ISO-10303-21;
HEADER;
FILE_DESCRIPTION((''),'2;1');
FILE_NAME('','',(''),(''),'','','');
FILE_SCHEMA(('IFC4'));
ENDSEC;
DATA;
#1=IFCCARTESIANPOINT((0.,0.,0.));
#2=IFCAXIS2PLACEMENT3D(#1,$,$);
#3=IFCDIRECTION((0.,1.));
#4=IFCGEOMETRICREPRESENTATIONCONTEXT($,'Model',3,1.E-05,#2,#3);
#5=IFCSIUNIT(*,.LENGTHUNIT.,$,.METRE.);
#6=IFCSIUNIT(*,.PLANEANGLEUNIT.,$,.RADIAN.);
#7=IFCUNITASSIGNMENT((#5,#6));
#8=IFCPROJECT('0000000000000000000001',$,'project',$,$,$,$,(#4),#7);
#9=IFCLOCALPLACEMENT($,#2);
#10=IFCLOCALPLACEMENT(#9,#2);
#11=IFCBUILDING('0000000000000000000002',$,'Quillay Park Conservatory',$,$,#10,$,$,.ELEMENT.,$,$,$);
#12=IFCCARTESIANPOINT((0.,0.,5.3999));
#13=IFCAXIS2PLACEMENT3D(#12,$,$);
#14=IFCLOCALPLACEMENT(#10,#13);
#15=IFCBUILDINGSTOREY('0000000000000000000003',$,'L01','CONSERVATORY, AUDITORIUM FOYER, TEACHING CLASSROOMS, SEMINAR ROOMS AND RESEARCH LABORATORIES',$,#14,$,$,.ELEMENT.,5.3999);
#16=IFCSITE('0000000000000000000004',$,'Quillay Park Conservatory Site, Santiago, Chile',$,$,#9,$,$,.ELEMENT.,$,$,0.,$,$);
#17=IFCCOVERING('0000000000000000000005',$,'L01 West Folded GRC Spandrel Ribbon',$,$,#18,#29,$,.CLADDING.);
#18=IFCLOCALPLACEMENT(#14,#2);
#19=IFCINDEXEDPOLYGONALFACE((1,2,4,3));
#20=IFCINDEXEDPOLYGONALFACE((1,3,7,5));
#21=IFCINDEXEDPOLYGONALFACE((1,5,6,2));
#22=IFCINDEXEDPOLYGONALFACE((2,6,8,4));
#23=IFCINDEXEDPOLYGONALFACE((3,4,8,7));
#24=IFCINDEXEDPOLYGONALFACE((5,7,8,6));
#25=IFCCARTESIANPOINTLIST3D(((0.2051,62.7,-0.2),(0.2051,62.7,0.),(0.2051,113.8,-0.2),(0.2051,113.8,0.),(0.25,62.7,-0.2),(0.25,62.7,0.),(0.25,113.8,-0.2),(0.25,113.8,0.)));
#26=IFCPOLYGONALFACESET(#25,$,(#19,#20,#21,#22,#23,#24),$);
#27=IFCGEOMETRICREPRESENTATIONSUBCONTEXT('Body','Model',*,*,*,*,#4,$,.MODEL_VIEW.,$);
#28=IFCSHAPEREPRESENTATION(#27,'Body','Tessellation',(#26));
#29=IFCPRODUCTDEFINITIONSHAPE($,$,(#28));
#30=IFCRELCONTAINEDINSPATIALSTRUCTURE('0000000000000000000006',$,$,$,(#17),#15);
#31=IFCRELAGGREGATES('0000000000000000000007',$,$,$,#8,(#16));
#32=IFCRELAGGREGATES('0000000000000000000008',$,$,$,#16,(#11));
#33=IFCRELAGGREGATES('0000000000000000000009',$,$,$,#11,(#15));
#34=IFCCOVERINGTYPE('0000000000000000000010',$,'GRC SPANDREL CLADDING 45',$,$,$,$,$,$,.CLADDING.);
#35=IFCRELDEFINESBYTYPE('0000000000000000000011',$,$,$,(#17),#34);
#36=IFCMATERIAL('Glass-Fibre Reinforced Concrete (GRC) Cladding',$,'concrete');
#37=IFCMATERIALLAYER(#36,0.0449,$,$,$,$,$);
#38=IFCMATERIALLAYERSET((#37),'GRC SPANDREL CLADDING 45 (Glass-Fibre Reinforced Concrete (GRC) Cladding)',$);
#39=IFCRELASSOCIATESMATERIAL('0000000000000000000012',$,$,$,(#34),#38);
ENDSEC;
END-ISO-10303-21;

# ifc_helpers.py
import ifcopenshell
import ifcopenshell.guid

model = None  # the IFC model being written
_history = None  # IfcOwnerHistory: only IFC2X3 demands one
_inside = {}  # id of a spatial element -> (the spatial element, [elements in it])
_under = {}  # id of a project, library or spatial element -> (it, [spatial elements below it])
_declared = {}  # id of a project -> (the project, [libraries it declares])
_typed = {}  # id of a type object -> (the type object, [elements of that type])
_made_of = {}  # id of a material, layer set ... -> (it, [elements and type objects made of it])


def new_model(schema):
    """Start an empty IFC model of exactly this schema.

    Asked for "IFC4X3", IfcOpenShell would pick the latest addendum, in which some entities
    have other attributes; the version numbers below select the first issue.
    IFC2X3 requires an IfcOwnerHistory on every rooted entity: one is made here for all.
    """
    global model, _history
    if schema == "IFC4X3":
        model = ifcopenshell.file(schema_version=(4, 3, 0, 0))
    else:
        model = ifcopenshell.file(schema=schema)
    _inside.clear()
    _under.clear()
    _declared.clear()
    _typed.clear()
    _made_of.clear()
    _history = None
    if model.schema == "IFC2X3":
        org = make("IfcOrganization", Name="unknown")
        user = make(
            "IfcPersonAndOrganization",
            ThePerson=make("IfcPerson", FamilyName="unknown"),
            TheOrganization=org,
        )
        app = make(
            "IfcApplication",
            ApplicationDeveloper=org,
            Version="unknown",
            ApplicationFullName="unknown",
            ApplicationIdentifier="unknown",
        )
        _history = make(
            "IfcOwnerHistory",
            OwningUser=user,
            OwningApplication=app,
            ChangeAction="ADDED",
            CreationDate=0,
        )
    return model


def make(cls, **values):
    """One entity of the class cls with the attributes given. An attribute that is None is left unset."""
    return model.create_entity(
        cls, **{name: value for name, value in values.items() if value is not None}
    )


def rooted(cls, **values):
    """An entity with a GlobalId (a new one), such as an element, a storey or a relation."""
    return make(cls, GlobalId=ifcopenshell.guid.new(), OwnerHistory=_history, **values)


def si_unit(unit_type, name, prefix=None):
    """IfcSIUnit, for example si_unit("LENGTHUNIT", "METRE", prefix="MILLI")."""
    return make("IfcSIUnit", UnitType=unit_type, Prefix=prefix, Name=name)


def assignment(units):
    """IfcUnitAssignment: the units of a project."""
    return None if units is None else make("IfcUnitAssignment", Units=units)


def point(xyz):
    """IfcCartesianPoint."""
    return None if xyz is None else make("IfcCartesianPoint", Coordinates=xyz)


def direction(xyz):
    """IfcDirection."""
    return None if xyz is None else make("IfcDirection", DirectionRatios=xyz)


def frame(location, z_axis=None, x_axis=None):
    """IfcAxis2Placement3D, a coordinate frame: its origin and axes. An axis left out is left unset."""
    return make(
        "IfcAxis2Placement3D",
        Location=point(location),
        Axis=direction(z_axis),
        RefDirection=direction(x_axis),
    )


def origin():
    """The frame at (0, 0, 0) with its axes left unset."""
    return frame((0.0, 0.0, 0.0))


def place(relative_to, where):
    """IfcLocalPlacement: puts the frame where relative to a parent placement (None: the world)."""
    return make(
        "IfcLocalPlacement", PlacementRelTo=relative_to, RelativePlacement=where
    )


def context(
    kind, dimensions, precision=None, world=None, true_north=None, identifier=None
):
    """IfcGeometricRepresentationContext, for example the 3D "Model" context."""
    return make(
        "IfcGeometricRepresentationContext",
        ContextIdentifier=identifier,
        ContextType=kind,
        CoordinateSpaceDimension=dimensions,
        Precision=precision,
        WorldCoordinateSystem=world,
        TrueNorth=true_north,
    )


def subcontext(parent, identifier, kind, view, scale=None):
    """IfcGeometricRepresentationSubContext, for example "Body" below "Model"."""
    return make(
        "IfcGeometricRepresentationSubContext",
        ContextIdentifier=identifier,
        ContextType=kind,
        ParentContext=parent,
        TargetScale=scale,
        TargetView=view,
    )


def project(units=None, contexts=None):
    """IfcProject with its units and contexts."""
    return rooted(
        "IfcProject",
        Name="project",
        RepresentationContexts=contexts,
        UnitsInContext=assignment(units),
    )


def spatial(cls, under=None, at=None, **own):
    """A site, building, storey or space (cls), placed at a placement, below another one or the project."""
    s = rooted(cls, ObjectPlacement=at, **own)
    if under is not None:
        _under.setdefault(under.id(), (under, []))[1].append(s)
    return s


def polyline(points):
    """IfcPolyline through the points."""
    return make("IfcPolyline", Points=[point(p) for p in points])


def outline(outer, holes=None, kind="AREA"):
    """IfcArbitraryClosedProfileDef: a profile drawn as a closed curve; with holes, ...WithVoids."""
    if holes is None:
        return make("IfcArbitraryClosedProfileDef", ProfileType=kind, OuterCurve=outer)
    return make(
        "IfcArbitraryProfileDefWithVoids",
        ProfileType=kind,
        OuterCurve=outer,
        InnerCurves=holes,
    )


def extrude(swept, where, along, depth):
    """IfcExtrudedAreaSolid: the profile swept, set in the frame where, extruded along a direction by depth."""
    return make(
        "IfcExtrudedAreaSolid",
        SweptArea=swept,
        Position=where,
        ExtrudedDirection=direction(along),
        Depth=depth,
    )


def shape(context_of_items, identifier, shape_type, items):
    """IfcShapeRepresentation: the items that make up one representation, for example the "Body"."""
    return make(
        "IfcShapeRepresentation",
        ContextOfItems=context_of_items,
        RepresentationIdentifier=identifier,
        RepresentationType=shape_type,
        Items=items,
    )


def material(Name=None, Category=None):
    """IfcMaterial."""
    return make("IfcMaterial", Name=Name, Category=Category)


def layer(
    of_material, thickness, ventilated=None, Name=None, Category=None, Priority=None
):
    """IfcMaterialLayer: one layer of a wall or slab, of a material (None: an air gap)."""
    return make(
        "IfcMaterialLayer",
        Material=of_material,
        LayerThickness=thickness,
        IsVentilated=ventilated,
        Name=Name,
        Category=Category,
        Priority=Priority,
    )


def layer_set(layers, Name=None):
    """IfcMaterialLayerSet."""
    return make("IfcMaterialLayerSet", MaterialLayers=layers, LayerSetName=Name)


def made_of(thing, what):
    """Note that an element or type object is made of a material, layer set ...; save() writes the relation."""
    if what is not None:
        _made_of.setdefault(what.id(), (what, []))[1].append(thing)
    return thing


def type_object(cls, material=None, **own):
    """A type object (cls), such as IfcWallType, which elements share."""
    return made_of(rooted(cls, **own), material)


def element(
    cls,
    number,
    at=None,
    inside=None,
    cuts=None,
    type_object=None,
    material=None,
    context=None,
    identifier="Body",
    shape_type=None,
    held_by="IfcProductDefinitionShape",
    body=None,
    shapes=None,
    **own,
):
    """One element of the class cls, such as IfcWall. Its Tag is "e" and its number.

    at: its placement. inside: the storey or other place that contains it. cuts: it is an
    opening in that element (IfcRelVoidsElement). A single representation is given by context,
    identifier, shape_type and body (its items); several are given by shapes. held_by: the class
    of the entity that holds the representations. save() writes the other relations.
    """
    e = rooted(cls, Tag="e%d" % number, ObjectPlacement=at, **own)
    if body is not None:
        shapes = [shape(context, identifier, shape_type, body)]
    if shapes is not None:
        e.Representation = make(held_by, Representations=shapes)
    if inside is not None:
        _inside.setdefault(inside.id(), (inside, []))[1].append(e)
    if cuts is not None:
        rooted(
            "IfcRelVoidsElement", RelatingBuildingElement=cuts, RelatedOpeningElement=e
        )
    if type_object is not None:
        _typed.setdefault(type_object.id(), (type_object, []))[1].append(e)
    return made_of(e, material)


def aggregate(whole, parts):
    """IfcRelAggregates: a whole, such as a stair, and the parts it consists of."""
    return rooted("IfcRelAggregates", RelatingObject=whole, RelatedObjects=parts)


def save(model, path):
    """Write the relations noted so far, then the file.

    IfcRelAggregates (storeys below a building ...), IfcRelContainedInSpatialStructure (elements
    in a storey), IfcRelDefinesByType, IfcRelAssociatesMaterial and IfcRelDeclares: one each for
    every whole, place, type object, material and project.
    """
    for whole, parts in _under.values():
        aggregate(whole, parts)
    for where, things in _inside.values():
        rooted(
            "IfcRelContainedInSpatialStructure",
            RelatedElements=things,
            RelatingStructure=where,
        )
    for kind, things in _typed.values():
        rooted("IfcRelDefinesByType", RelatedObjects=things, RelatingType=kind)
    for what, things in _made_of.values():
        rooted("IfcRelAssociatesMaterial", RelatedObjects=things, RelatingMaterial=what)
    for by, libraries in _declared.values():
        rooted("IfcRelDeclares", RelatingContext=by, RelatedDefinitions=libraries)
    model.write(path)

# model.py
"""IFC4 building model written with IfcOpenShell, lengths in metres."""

from ifc_helpers import new_model, si_unit, direction, frame, origin, place, context, subcontext, project, spatial, polyline, outline, extrude, material, layer, layer_set, type_object, element, save


model = new_model("IFC4")

# Units and contexts
model_context = context("Model", 3, precision=1e-05, world=origin(), true_north=direction((0.0, 1.0)))
body_context = subcontext(model_context, "Body", "Model", "MODEL_VIEW")
ifc_project = project(units=[si_unit("LENGTHUNIT", "METRE"), si_unit("PLANEANGLEUNIT", "RADIAN")], contexts=[model_context])

# Site, building, storey
site_placement = place(None, origin())
site = spatial("IfcSite", under=ifc_project, at=site_placement, Name="Quillay Park Conservatory Site, Santiago, Chile", CompositionType="ELEMENT", RefElevation=0.0)
building_placement = place(site_placement, origin())
building = spatial("IfcBuilding", under=site, at=building_placement, Name="Quillay Park Conservatory", CompositionType="ELEMENT")
storey_placement = place(building_placement, frame((0.0, 0.0, 5.3999)))
storey = spatial("IfcBuildingStorey", under=building, at=storey_placement, Name="L01", Description="CONSERVATORY, AUDITORIUM FOYER, TEACHING CLASSROOMS, SEMINAR ROOMS AND RESEARCH LABORATORIES", CompositionType="ELEMENT", Elevation=5.3999)

# Covering
ifc_material_1 = material(Name="Glass-Fibre Reinforced Concrete (GRC) Cladding", Category="concrete")
ifc_layer_1 = layer(ifc_material_1, 0.0449)
ifc_layer_set_1 = layer_set([ifc_layer_1], Name="GRC SPANDREL CLADDING 45 (Glass-Fibre Reinforced Concrete (GRC) Cladding)")
covering_type_1 = type_object("IfcCoveringType", Name="GRC SPANDREL CLADDING 45", PredefinedType="CLADDING", material=ifc_layer_set_1)
covering_1_placement = place(storey_placement, frame((0.0, 0.0, -0.2)))
element("IfcCovering", 1, at=covering_1_placement, inside=storey, type_object=covering_type_1, Name="L01 West Folded GRC Spandrel Ribbon", PredefinedType="CLADDING", context=body_context, shape_type="SweptSolid", body=[
    extrude(outline(polyline([(0.2051, 62.7), (0.25, 62.7), (0.25, 113.8), (0.2051, 113.8), (0.2051, 62.7)])), origin(), (0.0, 0.0, 1.0), 0.2),
])

save(model, "model.ifc")
